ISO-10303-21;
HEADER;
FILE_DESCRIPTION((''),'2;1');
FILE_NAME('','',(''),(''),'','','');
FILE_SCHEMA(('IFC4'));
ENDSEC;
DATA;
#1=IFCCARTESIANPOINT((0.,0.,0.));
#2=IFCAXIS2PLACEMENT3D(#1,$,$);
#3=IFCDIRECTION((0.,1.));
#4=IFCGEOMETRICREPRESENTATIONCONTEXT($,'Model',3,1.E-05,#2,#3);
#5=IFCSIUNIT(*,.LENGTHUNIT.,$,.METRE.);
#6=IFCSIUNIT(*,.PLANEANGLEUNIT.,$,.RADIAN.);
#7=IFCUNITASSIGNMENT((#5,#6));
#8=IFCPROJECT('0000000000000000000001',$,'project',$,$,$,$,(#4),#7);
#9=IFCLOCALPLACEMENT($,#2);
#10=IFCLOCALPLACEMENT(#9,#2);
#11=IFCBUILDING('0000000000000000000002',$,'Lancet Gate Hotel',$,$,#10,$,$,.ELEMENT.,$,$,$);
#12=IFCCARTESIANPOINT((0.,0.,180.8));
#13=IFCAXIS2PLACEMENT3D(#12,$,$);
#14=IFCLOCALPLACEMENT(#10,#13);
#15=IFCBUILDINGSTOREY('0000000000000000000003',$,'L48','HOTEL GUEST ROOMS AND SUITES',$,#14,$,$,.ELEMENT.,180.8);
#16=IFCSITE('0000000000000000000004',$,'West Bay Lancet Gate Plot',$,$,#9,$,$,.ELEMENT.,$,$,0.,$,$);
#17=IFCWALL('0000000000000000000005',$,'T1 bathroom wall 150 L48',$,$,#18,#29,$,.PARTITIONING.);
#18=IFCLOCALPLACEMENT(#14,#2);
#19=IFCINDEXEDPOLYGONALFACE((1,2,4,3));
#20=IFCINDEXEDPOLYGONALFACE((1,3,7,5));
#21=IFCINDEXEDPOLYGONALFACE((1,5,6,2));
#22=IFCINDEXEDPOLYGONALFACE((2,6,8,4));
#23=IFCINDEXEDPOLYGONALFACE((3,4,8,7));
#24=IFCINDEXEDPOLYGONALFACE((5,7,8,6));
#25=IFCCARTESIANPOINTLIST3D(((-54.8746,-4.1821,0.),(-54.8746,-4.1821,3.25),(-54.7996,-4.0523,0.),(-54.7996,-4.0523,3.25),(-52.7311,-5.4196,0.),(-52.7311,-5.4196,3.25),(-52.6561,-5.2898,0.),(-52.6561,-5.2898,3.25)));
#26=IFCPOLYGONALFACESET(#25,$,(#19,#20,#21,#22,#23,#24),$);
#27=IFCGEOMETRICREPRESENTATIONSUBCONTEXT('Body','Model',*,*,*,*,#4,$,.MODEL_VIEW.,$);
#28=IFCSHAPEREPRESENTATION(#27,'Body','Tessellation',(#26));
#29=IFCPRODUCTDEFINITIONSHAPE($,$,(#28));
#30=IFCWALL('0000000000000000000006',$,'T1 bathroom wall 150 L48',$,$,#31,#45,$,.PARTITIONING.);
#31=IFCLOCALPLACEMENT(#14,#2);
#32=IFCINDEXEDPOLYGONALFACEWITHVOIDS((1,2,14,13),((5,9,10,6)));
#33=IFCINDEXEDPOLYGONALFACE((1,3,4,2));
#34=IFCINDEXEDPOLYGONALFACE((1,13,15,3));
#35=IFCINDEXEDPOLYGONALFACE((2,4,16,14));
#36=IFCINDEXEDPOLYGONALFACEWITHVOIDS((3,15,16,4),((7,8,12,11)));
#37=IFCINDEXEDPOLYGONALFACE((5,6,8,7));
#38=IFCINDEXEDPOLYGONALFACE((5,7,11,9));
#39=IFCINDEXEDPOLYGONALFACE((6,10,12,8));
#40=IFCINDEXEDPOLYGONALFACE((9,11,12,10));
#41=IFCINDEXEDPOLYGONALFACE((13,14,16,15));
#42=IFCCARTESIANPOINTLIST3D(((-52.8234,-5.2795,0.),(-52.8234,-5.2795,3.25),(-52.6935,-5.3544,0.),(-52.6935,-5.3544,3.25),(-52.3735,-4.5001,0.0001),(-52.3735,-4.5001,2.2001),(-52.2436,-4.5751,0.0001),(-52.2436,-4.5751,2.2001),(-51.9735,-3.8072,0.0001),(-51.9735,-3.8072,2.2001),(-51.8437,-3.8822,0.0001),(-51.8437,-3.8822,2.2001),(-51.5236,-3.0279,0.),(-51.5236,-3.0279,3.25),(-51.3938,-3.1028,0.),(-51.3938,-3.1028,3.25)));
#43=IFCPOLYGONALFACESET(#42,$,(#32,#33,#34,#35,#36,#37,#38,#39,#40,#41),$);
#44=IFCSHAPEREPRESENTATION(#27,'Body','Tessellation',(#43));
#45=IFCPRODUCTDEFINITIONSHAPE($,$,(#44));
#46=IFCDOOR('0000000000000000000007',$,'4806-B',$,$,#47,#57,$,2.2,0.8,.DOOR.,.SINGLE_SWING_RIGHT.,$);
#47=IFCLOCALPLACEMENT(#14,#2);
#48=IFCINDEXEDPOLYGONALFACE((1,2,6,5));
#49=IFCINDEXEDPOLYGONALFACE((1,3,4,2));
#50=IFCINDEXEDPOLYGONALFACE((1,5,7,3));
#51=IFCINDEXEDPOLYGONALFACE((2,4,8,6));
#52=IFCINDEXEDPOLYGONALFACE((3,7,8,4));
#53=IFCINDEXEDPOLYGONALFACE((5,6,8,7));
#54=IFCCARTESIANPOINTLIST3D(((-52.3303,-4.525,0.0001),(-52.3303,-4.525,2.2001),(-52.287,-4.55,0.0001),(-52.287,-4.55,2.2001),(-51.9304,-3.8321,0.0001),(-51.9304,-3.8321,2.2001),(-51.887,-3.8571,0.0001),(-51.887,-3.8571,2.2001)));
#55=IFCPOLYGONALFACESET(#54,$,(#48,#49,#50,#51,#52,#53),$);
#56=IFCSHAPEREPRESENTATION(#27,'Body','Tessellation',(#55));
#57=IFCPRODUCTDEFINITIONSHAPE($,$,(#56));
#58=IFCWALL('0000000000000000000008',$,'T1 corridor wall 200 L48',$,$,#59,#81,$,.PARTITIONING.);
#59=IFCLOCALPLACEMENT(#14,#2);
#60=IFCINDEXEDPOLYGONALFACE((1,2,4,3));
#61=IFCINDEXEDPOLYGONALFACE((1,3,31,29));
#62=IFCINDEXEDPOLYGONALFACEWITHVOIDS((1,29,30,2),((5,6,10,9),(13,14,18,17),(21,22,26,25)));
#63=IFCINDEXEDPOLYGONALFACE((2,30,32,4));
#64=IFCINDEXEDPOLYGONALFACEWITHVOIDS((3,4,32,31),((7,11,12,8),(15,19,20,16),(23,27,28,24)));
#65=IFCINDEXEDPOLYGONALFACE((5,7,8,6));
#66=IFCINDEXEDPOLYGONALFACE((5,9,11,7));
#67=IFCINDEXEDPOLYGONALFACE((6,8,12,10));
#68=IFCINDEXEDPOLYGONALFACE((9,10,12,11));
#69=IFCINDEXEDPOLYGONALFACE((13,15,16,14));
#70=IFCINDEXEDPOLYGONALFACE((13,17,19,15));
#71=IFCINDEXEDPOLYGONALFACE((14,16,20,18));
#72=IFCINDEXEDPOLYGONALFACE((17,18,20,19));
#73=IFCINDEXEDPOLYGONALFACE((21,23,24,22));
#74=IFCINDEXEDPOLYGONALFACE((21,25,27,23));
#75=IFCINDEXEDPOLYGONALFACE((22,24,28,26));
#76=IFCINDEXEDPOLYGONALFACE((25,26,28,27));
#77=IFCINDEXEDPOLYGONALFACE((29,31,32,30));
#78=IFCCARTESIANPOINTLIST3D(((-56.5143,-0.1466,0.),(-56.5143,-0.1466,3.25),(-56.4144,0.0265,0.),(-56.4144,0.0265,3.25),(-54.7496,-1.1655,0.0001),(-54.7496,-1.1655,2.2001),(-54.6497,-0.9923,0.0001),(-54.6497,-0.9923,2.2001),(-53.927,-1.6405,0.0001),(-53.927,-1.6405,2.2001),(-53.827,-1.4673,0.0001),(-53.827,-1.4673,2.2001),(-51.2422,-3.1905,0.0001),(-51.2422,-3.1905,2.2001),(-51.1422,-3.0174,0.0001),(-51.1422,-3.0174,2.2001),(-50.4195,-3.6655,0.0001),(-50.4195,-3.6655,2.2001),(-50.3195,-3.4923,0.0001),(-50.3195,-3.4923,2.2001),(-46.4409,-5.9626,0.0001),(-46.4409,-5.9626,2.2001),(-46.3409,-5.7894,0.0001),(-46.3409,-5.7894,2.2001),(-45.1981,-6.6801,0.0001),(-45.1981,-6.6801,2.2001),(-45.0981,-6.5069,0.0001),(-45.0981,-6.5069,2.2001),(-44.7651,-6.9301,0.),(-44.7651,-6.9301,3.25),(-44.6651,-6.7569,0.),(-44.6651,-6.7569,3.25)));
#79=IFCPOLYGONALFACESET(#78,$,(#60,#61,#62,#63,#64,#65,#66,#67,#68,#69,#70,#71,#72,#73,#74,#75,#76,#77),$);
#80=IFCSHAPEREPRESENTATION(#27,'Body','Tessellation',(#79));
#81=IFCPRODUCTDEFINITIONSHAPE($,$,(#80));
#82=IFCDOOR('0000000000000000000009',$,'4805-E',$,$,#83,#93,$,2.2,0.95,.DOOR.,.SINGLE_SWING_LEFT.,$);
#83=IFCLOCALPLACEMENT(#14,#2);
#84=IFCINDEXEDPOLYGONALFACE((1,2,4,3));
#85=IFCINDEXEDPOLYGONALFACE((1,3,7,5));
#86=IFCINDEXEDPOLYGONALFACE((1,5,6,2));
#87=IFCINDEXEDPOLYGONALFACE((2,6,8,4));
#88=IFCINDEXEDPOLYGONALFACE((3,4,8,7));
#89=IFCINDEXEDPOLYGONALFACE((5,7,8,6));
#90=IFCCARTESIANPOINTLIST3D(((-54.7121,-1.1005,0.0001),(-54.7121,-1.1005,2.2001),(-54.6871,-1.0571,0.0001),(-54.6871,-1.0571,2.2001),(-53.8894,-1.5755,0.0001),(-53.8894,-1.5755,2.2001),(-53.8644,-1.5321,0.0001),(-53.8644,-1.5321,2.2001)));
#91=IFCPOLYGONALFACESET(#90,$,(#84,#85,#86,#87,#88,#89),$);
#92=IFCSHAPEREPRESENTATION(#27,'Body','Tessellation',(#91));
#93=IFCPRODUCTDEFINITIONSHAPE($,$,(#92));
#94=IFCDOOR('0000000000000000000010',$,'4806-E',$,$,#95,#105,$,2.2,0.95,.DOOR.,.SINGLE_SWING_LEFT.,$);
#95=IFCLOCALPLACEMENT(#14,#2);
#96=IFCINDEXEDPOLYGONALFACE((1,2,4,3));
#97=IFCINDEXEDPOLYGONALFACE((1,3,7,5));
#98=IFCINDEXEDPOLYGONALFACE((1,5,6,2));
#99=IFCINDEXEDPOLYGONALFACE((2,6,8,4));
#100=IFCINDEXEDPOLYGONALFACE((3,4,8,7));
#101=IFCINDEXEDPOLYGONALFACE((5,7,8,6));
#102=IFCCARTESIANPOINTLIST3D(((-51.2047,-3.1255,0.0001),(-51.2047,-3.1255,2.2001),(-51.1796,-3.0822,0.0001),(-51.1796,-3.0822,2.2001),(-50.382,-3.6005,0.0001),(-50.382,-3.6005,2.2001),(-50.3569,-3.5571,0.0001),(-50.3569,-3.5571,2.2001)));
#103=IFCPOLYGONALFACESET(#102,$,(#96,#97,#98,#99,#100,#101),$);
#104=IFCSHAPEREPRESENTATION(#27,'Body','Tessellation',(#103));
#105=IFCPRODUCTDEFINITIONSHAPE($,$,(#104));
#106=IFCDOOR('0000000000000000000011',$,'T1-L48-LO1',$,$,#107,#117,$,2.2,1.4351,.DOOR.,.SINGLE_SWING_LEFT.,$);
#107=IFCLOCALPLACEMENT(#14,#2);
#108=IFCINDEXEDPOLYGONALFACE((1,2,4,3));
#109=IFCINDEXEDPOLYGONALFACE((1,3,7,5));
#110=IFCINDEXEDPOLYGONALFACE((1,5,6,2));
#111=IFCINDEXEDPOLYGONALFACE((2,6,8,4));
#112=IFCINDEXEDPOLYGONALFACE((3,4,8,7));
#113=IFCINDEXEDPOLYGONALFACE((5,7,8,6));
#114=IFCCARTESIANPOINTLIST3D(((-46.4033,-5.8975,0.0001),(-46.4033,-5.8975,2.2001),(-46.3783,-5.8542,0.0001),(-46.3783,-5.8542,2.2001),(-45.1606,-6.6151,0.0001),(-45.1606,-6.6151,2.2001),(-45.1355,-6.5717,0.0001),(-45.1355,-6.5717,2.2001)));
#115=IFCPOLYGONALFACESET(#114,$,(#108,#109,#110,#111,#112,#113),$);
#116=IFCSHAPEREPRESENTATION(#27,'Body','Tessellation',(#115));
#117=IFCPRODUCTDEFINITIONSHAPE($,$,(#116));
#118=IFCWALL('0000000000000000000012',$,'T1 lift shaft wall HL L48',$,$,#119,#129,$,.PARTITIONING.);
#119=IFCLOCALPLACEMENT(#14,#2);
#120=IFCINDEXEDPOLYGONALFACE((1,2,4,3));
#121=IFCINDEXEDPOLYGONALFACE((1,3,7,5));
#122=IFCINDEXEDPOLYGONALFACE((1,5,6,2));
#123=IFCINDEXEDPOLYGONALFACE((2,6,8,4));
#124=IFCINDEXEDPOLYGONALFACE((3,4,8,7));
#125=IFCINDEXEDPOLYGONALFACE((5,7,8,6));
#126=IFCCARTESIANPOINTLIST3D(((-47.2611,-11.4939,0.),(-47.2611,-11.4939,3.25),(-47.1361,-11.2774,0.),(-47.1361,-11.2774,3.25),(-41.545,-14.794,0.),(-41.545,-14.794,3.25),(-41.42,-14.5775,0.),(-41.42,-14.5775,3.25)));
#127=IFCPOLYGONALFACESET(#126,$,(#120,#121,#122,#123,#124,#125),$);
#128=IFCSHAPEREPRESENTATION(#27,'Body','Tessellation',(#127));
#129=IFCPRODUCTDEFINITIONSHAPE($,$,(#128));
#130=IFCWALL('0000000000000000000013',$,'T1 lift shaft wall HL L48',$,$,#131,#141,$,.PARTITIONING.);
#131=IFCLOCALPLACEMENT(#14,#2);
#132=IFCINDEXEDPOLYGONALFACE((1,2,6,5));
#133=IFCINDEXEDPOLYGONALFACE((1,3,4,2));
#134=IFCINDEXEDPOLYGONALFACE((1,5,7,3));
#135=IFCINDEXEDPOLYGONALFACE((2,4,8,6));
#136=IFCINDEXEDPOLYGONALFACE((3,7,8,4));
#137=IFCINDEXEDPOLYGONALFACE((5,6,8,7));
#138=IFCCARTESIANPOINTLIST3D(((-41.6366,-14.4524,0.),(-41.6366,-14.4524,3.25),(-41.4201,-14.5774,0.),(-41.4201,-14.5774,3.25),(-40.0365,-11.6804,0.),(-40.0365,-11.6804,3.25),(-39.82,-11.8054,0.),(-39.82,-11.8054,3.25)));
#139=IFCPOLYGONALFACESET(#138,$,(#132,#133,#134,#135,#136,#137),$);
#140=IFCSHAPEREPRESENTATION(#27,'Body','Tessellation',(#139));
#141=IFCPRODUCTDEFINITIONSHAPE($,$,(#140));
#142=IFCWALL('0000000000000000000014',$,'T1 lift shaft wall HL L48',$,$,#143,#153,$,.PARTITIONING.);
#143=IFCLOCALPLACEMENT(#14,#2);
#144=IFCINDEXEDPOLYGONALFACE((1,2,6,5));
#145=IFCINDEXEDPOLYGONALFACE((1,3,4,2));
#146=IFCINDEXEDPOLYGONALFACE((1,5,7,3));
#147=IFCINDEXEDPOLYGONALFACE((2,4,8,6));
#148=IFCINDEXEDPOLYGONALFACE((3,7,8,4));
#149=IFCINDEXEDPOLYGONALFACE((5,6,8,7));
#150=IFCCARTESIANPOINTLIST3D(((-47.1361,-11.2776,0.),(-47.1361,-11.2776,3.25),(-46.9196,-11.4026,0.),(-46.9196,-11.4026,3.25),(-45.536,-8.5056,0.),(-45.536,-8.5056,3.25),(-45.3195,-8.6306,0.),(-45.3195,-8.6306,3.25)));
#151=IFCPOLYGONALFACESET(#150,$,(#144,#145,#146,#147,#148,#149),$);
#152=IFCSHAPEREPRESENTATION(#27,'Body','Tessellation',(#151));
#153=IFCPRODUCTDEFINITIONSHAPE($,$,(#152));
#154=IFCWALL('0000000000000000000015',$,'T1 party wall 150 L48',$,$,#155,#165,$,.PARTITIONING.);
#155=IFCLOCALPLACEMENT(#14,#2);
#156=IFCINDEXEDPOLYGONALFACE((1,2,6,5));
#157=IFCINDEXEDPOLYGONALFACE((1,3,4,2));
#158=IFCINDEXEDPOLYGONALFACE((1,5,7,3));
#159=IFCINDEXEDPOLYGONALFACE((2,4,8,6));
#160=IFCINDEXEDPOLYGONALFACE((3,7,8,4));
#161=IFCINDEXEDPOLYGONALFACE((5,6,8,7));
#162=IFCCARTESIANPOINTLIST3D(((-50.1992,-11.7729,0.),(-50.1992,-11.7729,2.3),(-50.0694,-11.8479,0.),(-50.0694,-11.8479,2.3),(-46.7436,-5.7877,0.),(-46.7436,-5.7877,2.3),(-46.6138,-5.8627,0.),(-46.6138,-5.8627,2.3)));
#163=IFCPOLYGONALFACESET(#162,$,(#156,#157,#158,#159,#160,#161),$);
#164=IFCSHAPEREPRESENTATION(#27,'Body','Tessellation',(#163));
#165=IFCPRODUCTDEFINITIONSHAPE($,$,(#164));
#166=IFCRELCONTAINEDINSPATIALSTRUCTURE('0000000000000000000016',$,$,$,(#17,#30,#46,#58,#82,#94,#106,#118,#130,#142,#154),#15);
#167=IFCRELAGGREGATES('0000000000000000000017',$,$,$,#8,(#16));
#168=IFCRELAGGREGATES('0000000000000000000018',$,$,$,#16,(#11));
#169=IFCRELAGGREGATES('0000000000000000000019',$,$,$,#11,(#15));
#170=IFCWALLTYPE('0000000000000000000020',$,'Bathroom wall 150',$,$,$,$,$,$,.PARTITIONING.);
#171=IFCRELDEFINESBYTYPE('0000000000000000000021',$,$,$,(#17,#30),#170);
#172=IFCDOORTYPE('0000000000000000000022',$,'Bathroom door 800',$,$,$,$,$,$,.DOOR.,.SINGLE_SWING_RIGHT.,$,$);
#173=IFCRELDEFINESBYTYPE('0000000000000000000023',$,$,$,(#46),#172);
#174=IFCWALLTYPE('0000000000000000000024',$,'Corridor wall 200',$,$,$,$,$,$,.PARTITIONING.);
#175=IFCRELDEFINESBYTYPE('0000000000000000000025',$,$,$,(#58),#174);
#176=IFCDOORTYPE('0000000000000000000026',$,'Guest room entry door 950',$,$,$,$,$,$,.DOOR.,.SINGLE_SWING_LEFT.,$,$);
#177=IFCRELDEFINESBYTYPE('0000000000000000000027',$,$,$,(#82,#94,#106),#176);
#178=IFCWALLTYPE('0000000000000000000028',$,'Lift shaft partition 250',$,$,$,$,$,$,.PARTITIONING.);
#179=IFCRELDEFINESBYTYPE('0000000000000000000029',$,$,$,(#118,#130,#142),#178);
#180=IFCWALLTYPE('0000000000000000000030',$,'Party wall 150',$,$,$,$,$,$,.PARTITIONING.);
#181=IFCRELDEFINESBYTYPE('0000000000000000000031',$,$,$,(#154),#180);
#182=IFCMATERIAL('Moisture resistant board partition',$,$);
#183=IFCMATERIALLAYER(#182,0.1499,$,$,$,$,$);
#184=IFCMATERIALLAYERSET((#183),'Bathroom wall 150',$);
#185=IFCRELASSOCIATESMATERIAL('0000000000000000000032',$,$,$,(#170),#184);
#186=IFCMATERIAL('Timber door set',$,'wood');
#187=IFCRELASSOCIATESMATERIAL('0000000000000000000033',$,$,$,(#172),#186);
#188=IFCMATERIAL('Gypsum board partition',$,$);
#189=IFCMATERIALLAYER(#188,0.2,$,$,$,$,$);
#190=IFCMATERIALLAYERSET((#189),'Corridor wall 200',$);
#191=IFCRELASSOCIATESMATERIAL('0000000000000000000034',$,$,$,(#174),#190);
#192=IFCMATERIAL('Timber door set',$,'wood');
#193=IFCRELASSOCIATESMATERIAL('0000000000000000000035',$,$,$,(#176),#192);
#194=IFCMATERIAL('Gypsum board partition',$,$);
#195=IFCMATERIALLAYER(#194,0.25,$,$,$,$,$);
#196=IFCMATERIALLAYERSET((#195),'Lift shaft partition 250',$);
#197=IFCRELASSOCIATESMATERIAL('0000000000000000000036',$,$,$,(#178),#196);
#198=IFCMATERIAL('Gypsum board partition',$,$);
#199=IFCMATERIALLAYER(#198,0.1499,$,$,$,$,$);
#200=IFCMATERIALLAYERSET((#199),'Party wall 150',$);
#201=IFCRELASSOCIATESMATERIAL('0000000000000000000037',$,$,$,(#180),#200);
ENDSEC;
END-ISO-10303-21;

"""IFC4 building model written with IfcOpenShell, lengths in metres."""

from ifc_helpers import new_model, si_unit, direction, frame, frame_2d, origin, place, context, subcontext, project, spatial, rectangle, extrude, material, layer, layer_set, type_object, element, fill, save


model = new_model("IFC4")

# Units and contexts
model_context = context("Model", 3, precision=1e-05, world=origin(), true_north=direction((0.0, 1.0)))
body_context = subcontext(model_context, "Body", "Model", "MODEL_VIEW")
ifc_project = project(units=[si_unit("LENGTHUNIT", "METRE"), si_unit("PLANEANGLEUNIT", "RADIAN")], contexts=[model_context])

# Site, building, storey
site_placement = place(None, origin())
site = spatial("IfcSite", under=ifc_project, at=site_placement, Name="West Bay Lancet Gate Plot", CompositionType="ELEMENT", RefElevation=0.0)
building_placement = place(site_placement, origin())
building = spatial("IfcBuilding", under=site, at=building_placement, Name="Lancet Gate Hotel", CompositionType="ELEMENT")
storey_placement = place(building_placement, frame((0.0, 0.0, 180.8)))
storey = spatial("IfcBuildingStorey", under=building, at=storey_placement, Name="L48", Description="HOTEL GUEST ROOMS AND SUITES", CompositionType="ELEMENT", Elevation=180.8)

# Wall
ifc_material_1 = material(Name="Moisture resistant board partition")
ifc_layer_1 = layer(ifc_material_1, 0.1499)
ifc_layer_set_1 = layer_set([ifc_layer_1], Name="Bathroom wall 150")
wall_type_1 = type_object("IfcWallType", Name="Bathroom wall 150", PredefinedType="PARTITIONING", material=ifc_layer_set_1)
wall_1_placement = place(storey_placement, frame((-52.6936, -5.3547, 0.0), z_axis=(0.0, 0.0, 1.0), x_axis=(-0.866031, 0.49999, 0.0)))
element("IfcWall", 1, at=wall_1_placement, inside=storey, type_object=wall_type_1, Name="T1 bathroom wall 150 L48", PredefinedType="PARTITIONING", context=body_context, shape_type="SweptSolid", body=[
    extrude(rectangle(XDim=2.4751, YDim=0.1499, at=frame_2d((1.2375, 0.0))), origin(), (0.0, 0.0, 1.0), 3.25),
])

# Wall, opening, door
wall_2_placement = place(storey_placement, frame((-51.4587, -3.0654, 0.0), z_axis=(0.0, 0.0, 1.0), x_axis=(-0.499937, -0.866062, 0.0)))
wall_2 = element("IfcWall", 2, at=wall_2_placement, inside=storey, type_object=wall_type_1, Name="T1 bathroom wall 150 L48", PredefinedType="PARTITIONING", context=body_context, shape_type="SweptSolid", body=[
    extrude(rectangle(XDim=2.5999, YDim=0.1499, at=frame_2d((1.2998, 0.0))), origin(), (0.0, 0.0, 1.0), 3.25),
])
opening_1_placement = place(wall_2_placement, frame((0.8999, 0.0, 0.0)))
opening_1 = element("IfcOpeningElement", 3, at=opening_1_placement, cuts=wall_2, PredefinedType="OPENING", context=body_context, shape_type="SweptSolid", body=[
    extrude(rectangle(XDim=0.8, YDim=2.2, at=frame_2d((0.3999, 1.1001))), frame((0.0, 0.085, 0.0), z_axis=(0.0, -1.0, 0.0), x_axis=(1.0, 0.0, 0.0)), (0.0, 0.0, 1.0), 0.1699),
])
ifc_material_2 = material(Name="Timber door set", Category="wood")
door_type_1 = type_object("IfcDoorType", Name="Bathroom door 800", OperationType="SINGLE_SWING_RIGHT", PredefinedType="DOOR", material=ifc_material_2)
door_1_placement = place(opening_1_placement, origin())
door_1 = element("IfcDoor", 4, at=door_1_placement, inside=storey, type_object=door_type_1, Name="4806-B", OperationType="SINGLE_SWING_RIGHT", OverallHeight=2.2, OverallWidth=0.8, PredefinedType="DOOR", context=body_context, shape_type="SweptSolid", body=[
    extrude(rectangle(XDim=0.8, YDim=2.2, at=frame_2d((0.3999, 1.1001))), frame((0.0, 0.0249, 0.0), z_axis=(0.0, -1.0, 0.0), x_axis=(1.0, 0.0, 0.0)), (0.0, 0.0, 1.0), 0.05),
])
fill(opening_1, door_1)

# Wall, openings, doors
ifc_material_3 = material(Name="Gypsum board partition")
ifc_layer_2 = layer(ifc_material_3, 0.2)
ifc_layer_set_2 = layer_set([ifc_layer_2], Name="Corridor wall 200")
wall_type_2 = type_object("IfcWallType", Name="Corridor wall 200", PredefinedType="PARTITIONING", material=ifc_layer_set_2)
wall_3_placement = place(storey_placement, frame((-44.7151, -6.8435, 0.0), z_axis=(0.0, 0.0, 1.0), x_axis=(-0.866025, 0.5, 0.0)))
wall_3 = element("IfcWall", 5, at=wall_3_placement, inside=storey, type_object=wall_type_2, Name="T1 corridor wall 200 L48", PredefinedType="PARTITIONING", context=body_context, shape_type="SweptSolid", body=[
    extrude(rectangle(XDim=13.5669, YDim=0.2, at=frame_2d((6.7834, 0.0))), origin(), (0.0, 0.0, 1.0), 3.25),
])
opening_2_placement = place(wall_3_placement, frame((10.5791, 0.0, 0.0)))
opening_2 = element("IfcOpeningElement", 6, at=opening_2_placement, cuts=wall_3, PredefinedType="OPENING", context=body_context, shape_type="SweptSolid", body=[
    extrude(rectangle(XDim=0.95, YDim=2.2, at=frame_2d((0.4751, 1.1001))), frame((0.0, 0.1099, 0.0), z_axis=(0.0, -1.0, 0.0), x_axis=(1.0, 0.0, 0.0)), (0.0, 0.0, 1.0), 0.22),
])
opening_3_placement = place(wall_3_placement, frame((6.5291, 0.0, 0.0)))
opening_3 = element("IfcOpeningElement", 7, at=opening_3_placement, cuts=wall_3, PredefinedType="OPENING", context=body_context, shape_type="SweptSolid", body=[
    extrude(rectangle(XDim=0.95, YDim=2.2, at=frame_2d((0.4751, 1.1001))), frame((0.0, 0.1099, 0.0), z_axis=(0.0, -1.0, 0.0), x_axis=(1.0, 0.0, 0.0)), (0.0, 0.0, 1.0), 0.22),
])
opening_4_placement = place(wall_3_placement, frame((0.5, 0.0, 0.0)))
opening_4 = element("IfcOpeningElement", 8, at=opening_4_placement, cuts=wall_3, PredefinedType="OPENING", context=body_context, shape_type="SweptSolid", body=[
    extrude(rectangle(XDim=1.4351, YDim=2.2, at=frame_2d((0.7175, 1.1001))), frame((0.0, 0.1099, 0.0), z_axis=(0.0, -1.0, 0.0), x_axis=(1.0, 0.0, 0.0)), (0.0, 0.0, 1.0), 0.22),
])
ifc_material_4 = material(Name="Timber door set", Category="wood")
door_type_2 = type_object("IfcDoorType", Name="Guest room entry door 950", OperationType="SINGLE_SWING_LEFT", PredefinedType="DOOR", material=ifc_material_4)
door_2_placement = place(opening_2_placement, origin())
door_2 = element("IfcDoor", 9, at=door_2_placement, inside=storey, type_object=door_type_2, Name="4805-E", OperationType="SINGLE_SWING_LEFT", OverallHeight=2.2, OverallWidth=0.95, PredefinedType="DOOR", context=body_context, shape_type="SweptSolid", body=[
    extrude(rectangle(XDim=0.95, YDim=2.2, at=frame_2d((0.4751, 1.1001))), frame((0.0, 0.0249, 0.0), z_axis=(0.0, -1.0, 0.0), x_axis=(1.0, 0.0, 0.0)), (0.0, 0.0, 1.0), 0.05),
])
fill(opening_2, door_2)
door_3_placement = place(opening_3_placement, origin())
door_3 = element("IfcDoor", 10, at=door_3_placement, inside=storey, type_object=door_type_2, Name="4806-E", OperationType="SINGLE_SWING_LEFT", OverallHeight=2.2, OverallWidth=0.95, PredefinedType="DOOR", context=body_context, shape_type="SweptSolid", body=[
    extrude(rectangle(XDim=0.95, YDim=2.2, at=frame_2d((0.4751, 1.1001))), frame((0.0, 0.0249, 0.0), z_axis=(0.0, -1.0, 0.0), x_axis=(1.0, 0.0, 0.0)), (0.0, 0.0, 1.0), 0.05),
])
fill(opening_3, door_3)
door_4_placement = place(opening_4_placement, origin())
door_4 = element("IfcDoor", 11, at=door_4_placement, inside=storey, type_object=door_type_2, Name="T1-L48-LO1", OperationType="SINGLE_SWING_LEFT", OverallHeight=2.2, OverallWidth=1.4351, PredefinedType="DOOR", context=body_context, shape_type="SweptSolid", body=[
    extrude(rectangle(XDim=1.4351, YDim=2.2, at=frame_2d((0.7175, 1.1001))), frame((0.0, 0.0249, 0.0), z_axis=(0.0, -1.0, 0.0), x_axis=(1.0, 0.0, 0.0)), (0.0, 0.0, 1.0), 0.05),
])
fill(opening_4, door_4)

# Walls
ifc_material_5 = material(Name="Gypsum board partition")
ifc_layer_3 = layer(ifc_material_5, 0.25)
ifc_layer_set_3 = layer_set([ifc_layer_3], Name="Lift shaft partition 250")
wall_type_3 = type_object("IfcWallType", Name="Lift shaft partition 250", PredefinedType="PARTITIONING", material=ifc_layer_set_3)
wall_4_placement = place(storey_placement, frame((-41.4824, -14.6858, 0.0), z_axis=(0.0, 0.0, 1.0), x_axis=(-0.866033, 0.499986, 0.0)))
element("IfcWall", 12, at=wall_4_placement, inside=storey, type_object=wall_type_3, Name="T1 lift shaft wall HL L48", PredefinedType="PARTITIONING", context=body_context, shape_type="SweptSolid", body=[
    extrude(rectangle(XDim=6.6003, YDim=0.25, at=frame_2d((3.3003, 0.0))), origin(), (0.0, 0.0, 1.0), 3.25),
])
for number, where, z_axis, x_axis, name in (
    (13, (-39.9282, -11.7429, 0.0), (0.0, 0.0, 1.0), (-0.499929, -0.866066, 0.0), "T1 lift shaft wall HL L48"),
    (14, (-45.4277, -8.5681, 0.0), (0.0, 0.0, 1.0), (-0.499929, -0.866066, 0.0), "T1 lift shaft wall HL L48"),
):
    element("IfcWall", number, at=place(storey_placement, frame(where, z_axis=z_axis, x_axis=x_axis)), inside=storey, type_object=wall_type_3, Name=name, PredefinedType="PARTITIONING", context=body_context, shape_type="SweptSolid", body=[
        extrude(rectangle(XDim=3.2007, YDim=0.25, at=frame_2d((1.6003, 0.0))), origin(), (0.0, 0.0, 1.0), 3.25),
    ])
ifc_material_6 = material(Name="Gypsum board partition")
ifc_layer_4 = layer(ifc_material_6, 0.1499)
ifc_layer_set_4 = layer_set([ifc_layer_4], Name="Party wall 150")
wall_type_4 = type_object("IfcWallType", Name="Party wall 150", PredefinedType="PARTITIONING", material=ifc_layer_set_4)
wall_5_placement = place(storey_placement, frame((-46.6787, -5.8252, 0.0), z_axis=(0.0, 0.0, 1.0), x_axis=(-0.500007, -0.866021, 0.0)))
element("IfcWall", 15, at=wall_5_placement, inside=storey, type_object=wall_type_4, Name="T1 party wall 150 L48", PredefinedType="PARTITIONING", context=body_context, shape_type="SweptSolid", body=[
    extrude(rectangle(XDim=6.9111, YDim=0.1499, at=frame_2d((3.4556, 0.0))), origin(), (0.0, 0.0, 1.0), 2.3),
])

save(model, "model.ifc")
